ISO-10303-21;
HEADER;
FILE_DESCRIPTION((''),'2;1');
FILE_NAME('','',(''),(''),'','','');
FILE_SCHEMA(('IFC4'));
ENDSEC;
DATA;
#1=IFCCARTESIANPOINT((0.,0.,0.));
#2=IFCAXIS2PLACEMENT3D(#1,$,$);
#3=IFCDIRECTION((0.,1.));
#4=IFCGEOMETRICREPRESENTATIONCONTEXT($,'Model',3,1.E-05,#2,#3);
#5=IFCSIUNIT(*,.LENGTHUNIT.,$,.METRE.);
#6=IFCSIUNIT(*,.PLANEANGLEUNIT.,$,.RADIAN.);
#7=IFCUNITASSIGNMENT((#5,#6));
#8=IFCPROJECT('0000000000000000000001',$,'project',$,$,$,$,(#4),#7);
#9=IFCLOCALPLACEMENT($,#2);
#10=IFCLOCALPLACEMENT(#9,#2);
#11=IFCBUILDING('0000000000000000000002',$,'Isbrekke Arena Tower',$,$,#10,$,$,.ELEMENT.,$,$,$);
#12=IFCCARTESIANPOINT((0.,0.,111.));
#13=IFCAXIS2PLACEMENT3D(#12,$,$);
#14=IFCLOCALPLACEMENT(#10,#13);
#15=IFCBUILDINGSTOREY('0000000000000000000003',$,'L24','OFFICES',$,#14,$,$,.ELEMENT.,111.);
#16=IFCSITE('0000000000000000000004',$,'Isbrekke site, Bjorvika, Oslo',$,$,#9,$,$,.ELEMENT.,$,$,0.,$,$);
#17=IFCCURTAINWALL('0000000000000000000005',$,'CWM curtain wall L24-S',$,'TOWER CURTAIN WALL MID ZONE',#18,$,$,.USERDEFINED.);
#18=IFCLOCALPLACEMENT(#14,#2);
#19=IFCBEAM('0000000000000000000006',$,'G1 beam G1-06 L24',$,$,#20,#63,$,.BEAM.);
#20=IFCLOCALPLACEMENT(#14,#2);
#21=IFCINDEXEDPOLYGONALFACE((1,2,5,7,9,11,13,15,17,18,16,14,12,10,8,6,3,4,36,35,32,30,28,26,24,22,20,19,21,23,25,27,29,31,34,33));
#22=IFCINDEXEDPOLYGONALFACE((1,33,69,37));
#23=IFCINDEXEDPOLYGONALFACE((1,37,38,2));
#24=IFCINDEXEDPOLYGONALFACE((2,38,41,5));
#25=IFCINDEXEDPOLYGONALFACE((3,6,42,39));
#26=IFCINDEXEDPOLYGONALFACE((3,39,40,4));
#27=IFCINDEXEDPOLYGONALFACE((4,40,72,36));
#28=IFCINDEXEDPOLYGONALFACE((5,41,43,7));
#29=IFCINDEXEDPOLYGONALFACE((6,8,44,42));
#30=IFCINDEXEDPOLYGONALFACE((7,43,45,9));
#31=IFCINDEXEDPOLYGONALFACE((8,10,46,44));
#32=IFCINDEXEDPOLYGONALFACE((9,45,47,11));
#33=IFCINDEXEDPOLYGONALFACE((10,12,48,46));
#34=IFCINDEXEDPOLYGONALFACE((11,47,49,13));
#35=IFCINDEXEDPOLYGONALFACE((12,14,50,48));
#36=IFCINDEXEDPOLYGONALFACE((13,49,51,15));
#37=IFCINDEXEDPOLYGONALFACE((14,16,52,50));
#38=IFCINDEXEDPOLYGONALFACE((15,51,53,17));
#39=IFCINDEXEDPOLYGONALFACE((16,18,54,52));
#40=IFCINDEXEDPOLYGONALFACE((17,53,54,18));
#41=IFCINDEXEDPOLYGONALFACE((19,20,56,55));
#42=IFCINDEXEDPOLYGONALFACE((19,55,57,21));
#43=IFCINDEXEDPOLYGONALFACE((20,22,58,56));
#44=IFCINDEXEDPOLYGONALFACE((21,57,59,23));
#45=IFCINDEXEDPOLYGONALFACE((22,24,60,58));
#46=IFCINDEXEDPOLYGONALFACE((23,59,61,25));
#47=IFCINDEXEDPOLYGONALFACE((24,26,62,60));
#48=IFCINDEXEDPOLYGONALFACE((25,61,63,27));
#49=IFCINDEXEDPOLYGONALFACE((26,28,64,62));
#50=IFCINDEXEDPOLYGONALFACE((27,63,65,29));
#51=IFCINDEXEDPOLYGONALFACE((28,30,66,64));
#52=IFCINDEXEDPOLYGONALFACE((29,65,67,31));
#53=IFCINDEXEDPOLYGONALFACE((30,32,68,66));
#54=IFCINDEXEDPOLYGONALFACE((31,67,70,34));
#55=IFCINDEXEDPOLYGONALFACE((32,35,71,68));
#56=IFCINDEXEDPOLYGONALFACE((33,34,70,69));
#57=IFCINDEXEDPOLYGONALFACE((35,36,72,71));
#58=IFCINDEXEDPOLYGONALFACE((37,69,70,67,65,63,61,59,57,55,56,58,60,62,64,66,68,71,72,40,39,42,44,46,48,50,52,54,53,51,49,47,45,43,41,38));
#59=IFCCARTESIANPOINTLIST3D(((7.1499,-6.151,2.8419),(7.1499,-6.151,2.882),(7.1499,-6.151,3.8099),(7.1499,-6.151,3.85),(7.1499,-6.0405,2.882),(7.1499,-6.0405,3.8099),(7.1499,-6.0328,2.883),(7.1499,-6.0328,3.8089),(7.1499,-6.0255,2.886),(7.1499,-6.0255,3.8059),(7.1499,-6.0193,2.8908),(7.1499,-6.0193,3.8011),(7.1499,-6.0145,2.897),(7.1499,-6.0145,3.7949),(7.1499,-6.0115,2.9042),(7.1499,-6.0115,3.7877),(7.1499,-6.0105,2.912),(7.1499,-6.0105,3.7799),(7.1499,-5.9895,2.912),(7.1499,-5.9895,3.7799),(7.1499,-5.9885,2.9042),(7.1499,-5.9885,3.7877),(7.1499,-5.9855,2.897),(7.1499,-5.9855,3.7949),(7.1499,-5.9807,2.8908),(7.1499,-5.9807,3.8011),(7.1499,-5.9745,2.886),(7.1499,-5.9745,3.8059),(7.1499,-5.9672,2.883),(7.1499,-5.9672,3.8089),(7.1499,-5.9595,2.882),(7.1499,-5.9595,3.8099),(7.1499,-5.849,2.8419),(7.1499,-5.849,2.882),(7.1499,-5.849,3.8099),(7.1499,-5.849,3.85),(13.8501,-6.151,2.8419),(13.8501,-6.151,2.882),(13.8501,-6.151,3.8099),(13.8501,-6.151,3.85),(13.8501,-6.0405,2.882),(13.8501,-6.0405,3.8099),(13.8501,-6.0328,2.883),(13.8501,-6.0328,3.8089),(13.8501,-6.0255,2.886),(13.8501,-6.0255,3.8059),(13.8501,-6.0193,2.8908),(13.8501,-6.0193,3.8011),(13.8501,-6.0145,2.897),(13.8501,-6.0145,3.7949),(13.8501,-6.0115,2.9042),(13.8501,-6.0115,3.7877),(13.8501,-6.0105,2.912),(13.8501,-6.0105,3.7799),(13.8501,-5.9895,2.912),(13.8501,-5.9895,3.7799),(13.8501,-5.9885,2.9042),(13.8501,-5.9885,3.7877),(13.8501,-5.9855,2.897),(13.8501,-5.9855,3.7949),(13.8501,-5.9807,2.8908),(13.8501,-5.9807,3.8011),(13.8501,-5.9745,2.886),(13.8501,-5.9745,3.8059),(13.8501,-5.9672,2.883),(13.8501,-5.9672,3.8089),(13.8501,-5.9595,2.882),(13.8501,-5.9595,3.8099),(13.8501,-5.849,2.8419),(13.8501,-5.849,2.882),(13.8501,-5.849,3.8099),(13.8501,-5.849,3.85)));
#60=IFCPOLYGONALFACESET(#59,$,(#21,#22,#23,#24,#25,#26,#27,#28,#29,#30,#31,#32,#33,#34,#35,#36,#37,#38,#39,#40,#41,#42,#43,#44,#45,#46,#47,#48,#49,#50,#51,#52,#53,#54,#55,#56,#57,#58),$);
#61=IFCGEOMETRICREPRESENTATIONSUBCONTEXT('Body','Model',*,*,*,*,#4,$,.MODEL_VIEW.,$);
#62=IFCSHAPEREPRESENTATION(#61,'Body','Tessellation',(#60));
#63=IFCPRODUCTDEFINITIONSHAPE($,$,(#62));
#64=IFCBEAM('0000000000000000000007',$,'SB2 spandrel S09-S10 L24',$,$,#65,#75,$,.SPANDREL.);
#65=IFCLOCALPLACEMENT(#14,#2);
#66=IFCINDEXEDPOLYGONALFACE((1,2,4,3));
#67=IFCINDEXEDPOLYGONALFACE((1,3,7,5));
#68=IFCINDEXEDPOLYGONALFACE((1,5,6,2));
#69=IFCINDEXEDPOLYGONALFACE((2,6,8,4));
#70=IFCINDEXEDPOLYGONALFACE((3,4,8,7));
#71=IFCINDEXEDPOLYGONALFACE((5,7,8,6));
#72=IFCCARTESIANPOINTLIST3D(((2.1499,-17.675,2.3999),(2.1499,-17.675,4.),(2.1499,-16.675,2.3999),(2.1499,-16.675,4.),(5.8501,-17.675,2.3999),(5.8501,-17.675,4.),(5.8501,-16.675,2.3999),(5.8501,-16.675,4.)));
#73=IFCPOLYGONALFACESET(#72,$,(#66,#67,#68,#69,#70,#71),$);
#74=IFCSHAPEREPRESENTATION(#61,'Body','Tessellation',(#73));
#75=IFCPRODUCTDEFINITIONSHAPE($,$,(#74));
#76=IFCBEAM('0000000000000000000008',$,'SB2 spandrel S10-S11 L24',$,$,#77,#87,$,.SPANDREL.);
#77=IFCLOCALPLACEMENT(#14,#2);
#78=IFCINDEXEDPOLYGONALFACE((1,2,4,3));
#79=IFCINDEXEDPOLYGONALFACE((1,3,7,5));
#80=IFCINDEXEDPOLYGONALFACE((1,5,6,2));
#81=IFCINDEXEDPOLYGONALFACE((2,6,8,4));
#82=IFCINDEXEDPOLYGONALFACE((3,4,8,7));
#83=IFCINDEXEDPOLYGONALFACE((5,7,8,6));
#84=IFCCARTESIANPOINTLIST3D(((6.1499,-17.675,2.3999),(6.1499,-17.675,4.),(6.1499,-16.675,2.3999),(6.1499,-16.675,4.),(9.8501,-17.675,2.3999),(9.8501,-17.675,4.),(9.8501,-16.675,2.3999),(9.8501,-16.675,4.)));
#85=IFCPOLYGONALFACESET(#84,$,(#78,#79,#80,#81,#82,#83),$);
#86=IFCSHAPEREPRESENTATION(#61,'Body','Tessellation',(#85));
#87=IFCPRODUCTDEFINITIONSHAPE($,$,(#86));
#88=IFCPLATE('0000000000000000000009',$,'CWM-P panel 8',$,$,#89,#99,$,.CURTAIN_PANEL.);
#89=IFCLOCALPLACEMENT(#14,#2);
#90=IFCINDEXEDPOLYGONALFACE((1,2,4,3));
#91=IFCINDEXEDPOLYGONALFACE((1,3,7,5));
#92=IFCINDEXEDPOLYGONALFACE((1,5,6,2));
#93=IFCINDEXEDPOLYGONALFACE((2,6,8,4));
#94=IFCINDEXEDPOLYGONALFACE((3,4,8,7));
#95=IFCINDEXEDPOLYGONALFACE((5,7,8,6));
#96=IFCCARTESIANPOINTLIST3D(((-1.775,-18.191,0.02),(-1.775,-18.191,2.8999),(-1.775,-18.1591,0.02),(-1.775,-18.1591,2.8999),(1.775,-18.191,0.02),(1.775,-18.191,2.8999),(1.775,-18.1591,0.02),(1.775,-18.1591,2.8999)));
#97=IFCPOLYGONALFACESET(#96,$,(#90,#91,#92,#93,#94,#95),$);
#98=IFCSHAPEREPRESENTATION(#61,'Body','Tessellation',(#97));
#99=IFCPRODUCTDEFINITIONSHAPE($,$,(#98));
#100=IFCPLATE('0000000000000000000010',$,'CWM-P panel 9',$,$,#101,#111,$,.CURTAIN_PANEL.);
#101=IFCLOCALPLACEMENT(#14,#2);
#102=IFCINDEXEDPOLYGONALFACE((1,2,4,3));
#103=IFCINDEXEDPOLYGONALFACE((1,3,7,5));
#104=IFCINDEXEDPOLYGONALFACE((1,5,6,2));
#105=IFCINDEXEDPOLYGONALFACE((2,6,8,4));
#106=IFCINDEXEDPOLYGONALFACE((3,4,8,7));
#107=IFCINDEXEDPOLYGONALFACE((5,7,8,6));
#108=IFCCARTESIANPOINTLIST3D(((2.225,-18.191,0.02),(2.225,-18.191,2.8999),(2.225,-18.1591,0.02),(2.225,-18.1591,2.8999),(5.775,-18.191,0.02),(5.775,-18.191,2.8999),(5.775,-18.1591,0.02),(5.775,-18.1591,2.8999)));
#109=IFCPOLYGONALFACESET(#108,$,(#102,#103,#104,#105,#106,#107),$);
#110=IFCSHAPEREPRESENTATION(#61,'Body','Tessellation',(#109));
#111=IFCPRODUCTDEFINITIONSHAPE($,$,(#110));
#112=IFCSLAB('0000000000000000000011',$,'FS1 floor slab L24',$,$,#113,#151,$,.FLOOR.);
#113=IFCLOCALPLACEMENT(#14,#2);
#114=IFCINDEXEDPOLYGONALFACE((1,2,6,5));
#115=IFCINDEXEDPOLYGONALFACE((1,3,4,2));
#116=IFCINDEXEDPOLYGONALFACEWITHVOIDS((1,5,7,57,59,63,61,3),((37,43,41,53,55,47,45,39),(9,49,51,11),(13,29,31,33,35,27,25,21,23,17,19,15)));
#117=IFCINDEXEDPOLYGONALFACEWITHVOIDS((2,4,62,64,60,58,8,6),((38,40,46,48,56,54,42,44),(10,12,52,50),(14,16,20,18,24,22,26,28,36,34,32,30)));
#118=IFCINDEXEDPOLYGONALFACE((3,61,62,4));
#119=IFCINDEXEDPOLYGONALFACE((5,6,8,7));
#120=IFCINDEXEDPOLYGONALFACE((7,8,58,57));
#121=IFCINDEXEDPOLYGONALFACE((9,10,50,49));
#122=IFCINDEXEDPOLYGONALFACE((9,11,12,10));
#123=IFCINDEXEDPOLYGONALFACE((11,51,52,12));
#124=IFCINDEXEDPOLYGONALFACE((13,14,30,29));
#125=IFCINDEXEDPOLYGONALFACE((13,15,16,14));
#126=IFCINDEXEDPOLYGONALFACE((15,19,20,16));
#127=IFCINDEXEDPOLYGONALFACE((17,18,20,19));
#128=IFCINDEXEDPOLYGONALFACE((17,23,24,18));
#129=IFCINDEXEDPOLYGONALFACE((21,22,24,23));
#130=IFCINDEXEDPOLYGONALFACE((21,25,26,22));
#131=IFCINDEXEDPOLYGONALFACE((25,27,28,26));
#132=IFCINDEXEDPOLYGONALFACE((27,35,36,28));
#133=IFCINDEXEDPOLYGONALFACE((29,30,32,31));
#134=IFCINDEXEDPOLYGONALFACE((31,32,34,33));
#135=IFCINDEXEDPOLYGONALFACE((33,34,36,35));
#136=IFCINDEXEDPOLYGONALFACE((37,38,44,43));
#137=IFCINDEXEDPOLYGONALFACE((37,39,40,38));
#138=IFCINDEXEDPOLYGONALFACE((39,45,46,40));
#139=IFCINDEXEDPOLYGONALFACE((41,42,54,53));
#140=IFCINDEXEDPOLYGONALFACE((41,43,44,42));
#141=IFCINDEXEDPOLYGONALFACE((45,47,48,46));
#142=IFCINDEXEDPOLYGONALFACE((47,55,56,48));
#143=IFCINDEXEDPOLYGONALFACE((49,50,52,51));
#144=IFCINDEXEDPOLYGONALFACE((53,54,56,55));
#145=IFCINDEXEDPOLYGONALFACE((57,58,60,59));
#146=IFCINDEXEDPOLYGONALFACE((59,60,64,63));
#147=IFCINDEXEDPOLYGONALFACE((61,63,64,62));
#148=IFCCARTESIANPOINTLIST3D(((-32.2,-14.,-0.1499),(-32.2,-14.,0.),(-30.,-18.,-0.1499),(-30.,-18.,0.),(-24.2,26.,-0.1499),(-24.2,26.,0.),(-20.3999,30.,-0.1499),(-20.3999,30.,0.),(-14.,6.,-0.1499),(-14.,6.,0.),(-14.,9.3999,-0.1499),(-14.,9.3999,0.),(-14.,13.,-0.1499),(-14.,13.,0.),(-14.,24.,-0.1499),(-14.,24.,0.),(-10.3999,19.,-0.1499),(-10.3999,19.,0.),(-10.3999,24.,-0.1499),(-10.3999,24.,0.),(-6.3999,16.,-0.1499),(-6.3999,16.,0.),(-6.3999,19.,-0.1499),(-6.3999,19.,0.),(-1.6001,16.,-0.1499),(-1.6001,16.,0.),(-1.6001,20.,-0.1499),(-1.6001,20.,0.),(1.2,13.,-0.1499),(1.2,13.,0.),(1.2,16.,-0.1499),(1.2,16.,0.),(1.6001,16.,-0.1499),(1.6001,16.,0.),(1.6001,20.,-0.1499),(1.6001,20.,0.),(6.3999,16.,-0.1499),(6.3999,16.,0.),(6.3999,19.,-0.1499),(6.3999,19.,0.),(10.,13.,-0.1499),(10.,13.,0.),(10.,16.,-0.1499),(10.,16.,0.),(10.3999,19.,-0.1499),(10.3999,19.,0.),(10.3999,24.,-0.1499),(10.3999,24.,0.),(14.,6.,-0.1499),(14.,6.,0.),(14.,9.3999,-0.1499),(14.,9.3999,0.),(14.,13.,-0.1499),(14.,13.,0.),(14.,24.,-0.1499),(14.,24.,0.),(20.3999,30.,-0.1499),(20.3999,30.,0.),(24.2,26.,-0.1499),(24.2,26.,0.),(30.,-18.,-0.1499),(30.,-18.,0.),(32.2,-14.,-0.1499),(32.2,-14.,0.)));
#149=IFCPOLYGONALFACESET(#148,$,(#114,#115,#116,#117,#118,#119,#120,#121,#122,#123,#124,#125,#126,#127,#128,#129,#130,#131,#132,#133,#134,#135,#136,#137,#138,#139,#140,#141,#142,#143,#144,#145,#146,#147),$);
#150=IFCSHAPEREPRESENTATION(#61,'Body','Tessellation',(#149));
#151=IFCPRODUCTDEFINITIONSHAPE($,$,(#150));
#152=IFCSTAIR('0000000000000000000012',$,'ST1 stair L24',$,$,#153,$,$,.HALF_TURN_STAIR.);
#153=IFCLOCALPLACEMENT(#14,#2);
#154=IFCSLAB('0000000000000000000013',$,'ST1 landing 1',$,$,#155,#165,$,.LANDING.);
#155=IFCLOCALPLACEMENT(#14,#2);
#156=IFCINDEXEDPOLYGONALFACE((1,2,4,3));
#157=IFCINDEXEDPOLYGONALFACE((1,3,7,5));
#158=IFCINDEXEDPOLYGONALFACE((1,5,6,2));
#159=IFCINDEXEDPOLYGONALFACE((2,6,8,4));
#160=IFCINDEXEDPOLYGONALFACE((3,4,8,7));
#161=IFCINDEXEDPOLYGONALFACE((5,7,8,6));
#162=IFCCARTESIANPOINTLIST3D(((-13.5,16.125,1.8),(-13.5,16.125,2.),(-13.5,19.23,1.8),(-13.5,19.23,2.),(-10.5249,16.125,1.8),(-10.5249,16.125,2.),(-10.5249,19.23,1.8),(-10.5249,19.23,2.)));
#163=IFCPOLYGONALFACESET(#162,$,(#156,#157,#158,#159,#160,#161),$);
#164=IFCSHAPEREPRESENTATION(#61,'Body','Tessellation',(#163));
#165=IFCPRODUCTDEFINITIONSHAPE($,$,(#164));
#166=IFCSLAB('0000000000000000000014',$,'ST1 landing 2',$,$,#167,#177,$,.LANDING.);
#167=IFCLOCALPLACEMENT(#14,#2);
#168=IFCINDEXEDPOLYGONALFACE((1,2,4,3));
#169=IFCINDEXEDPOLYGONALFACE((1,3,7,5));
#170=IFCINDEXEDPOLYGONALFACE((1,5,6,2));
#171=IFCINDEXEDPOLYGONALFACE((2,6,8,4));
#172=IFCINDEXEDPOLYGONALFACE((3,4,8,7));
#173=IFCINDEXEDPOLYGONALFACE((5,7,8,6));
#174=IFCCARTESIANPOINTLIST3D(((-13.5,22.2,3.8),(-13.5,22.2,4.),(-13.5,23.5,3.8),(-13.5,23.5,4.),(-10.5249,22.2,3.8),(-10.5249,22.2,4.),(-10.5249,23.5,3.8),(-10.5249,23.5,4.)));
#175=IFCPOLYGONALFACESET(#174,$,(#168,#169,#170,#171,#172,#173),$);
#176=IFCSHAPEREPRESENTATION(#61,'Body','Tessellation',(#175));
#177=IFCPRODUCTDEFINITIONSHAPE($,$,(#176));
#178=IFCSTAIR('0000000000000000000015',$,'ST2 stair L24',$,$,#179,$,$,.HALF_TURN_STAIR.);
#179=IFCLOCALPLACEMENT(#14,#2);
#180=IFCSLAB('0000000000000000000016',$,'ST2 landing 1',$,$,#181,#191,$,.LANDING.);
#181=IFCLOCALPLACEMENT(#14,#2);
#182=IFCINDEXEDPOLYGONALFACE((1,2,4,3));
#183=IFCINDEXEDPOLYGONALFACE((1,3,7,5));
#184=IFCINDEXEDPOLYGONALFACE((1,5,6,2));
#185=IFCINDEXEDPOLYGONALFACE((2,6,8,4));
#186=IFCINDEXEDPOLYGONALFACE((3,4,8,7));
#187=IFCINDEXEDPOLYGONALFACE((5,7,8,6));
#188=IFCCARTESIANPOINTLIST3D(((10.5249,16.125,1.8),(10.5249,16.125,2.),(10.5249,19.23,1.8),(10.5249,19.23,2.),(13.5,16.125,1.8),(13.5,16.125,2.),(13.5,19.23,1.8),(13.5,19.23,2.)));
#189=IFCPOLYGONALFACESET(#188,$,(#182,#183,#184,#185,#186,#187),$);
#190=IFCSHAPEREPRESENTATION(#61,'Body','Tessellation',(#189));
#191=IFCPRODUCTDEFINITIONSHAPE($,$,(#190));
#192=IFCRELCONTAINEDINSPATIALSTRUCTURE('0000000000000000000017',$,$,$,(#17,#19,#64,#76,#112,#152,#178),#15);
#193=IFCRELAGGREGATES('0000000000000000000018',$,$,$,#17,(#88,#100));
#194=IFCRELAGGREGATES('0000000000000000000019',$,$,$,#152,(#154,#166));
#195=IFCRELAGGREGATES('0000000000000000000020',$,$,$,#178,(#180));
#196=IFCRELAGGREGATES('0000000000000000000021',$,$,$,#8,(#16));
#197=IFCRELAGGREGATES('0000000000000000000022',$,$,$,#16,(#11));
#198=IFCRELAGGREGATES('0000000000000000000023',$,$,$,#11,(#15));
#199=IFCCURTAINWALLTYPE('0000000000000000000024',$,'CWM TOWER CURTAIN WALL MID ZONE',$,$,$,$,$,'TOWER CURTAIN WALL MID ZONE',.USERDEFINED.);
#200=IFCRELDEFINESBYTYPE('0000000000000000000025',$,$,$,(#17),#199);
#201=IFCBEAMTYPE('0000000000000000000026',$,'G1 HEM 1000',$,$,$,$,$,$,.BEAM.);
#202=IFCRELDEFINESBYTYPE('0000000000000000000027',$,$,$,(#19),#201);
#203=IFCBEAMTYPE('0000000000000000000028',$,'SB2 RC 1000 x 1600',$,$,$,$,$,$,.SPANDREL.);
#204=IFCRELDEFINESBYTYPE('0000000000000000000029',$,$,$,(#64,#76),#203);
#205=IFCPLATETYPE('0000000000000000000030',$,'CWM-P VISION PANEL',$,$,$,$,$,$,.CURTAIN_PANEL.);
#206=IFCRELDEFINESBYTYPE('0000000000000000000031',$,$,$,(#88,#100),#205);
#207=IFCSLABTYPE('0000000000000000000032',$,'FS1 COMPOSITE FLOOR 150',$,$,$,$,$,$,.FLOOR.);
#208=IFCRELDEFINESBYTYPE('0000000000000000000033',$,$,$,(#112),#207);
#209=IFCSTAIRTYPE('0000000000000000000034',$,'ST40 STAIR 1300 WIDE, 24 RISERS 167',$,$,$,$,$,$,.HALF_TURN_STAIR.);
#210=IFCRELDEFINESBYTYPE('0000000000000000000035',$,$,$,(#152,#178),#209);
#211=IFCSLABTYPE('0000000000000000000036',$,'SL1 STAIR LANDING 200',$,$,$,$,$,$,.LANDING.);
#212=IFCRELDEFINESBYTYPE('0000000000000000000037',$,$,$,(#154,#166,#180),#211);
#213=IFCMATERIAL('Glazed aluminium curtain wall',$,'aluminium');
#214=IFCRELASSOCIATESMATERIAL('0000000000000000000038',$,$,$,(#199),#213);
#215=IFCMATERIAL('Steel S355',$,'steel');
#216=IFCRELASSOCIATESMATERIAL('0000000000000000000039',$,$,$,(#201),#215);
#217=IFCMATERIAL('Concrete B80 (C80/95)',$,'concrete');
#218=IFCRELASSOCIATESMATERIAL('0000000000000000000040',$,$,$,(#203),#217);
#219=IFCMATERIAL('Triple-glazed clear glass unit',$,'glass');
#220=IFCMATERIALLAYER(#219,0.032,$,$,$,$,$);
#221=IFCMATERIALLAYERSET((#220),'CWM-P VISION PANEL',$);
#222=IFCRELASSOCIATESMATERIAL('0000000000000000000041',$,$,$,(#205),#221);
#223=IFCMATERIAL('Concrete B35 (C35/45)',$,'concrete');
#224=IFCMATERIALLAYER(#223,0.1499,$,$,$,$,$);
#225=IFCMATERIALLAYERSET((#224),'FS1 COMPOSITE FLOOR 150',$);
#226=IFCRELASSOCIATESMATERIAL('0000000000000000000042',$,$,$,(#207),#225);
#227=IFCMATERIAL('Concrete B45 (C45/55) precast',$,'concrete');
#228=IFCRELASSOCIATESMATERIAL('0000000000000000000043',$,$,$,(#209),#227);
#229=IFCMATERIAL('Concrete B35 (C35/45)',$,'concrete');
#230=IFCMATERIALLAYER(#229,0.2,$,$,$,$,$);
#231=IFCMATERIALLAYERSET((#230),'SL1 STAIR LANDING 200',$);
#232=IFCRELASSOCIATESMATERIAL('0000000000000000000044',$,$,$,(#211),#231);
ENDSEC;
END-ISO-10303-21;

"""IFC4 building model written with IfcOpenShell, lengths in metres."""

from ifc_helpers import new_model, si_unit, direction, frame, origin, origin_2d, place, context, subcontext, project, spatial, polyline, rectangle, i_section, outline, extrude, material, layer, layer_set, material_profile, profile_set, type_object, element, aggregate, save


model = new_model("IFC4")

# Units and contexts
model_context = context("Model", 3, precision=1e-05, world=origin(), true_north=direction((0.0, 1.0)))
body_context = subcontext(model_context, "Body", "Model", "MODEL_VIEW")
ifc_project = project(units=[si_unit("LENGTHUNIT", "METRE"), si_unit("PLANEANGLEUNIT", "RADIAN")], contexts=[model_context])

# Site, building, storey
site_placement = place(None, origin())
site = spatial("IfcSite", under=ifc_project, at=site_placement, Name="Isbrekke site, Bjorvika, Oslo", CompositionType="ELEMENT", RefElevation=0.0)
building_placement = place(site_placement, origin())
building = spatial("IfcBuilding", under=site, at=building_placement, Name="Isbrekke Arena Tower", CompositionType="ELEMENT")
storey_placement = place(building_placement, frame((0.0, 0.0, 111.0)))
storey = spatial("IfcBuildingStorey", under=building, at=storey_placement, Name="L24", Description="OFFICES", CompositionType="ELEMENT", Elevation=111.0)

# Curtain wall
ifc_material_1 = material(Name="Glazed aluminium curtain wall", Category="aluminium")
curtain_wall_type = type_object("IfcCurtainWallType", Name="CWM TOWER CURTAIN WALL MID ZONE", ElementType="TOWER CURTAIN WALL MID ZONE", PredefinedType="USERDEFINED", material=ifc_material_1)
curtain_wall_placement = place(storey_placement, origin())
curtain_wall = element("IfcCurtainWall", 1, at=curtain_wall_placement, inside=storey, type_object=curtain_wall_type, Name="CWM curtain wall L24-S", ObjectType="TOWER CURTAIN WALL MID ZONE", PredefinedType="USERDEFINED")

# Beams
ifc_material_2 = material(Name="Steel S355", Category="steel")
ifc_material_profile_1 = material_profile(ifc_material_2, i_section(OverallWidth=0.302, OverallDepth=1.0081, WebThickness=0.021, FlangeThickness=0.04, FilletRadius=0.03, at=origin_2d()), Name="HEM 1000")
ifc_profile_set_1 = profile_set([ifc_material_profile_1], Name="Steel S355")
beam_type_1 = type_object("IfcBeamType", Name="G1 HEM 1000", PredefinedType="BEAM", material=ifc_profile_set_1)
for number, where, z_axis, x_axis, name in (
    (2, (7.1499, -6.0, 3.3459), (1.0, 0.0, 0.0), (0.0, 1.0, 0.0), "G1 beam G1-06 L24"),
):
    element("IfcBeam", number, at=place(storey_placement, frame(where, z_axis=z_axis, x_axis=x_axis)), inside=storey, type_object=beam_type_1, Name=name, PredefinedType="BEAM", context=body_context, shape_type="SweptSolid", body=[
        extrude(i_section(OverallWidth=0.302, OverallDepth=1.0081, WebThickness=0.021, FlangeThickness=0.04, FilletRadius=0.03, at=origin_2d()), origin(), (0.0, 0.0, 1.0), 6.7002),
    ])
ifc_material_3 = material(Name="Concrete B80 (C80/95)", Category="concrete")
ifc_material_profile_2 = material_profile(ifc_material_3, rectangle(XDim=1.0, YDim=1.6001, at=origin_2d()), Name="RC 1000x1600")
ifc_profile_set_2 = profile_set([ifc_material_profile_2], Name="Concrete B80 (C80/95)")
beam_type_2 = type_object("IfcBeamType", Name="SB2 RC 1000 x 1600", PredefinedType="SPANDREL", material=ifc_profile_set_2)
for number, where, z_axis, x_axis, name in (
    (3, (2.1499, -17.175, 3.2), (1.0, 0.0, 0.0), (0.0, 1.0, 0.0), "SB2 spandrel S09-S10 L24"),
    (4, (6.1499, -17.175, 3.2), (1.0, 0.0, 0.0), (0.0, 1.0, 0.0), "SB2 spandrel S10-S11 L24"),
):
    element("IfcBeam", number, at=place(storey_placement, frame(where, z_axis=z_axis, x_axis=x_axis)), inside=storey, type_object=beam_type_2, Name=name, PredefinedType="SPANDREL", context=body_context, shape_type="SweptSolid", body=[
        extrude(rectangle(XDim=1.0, YDim=1.6001, at=origin_2d()), origin(), (0.0, 0.0, 1.0), 3.7002),
    ])

# Plates
ifc_material_4 = material(Name="Triple-glazed clear glass unit", Category="glass")
ifc_layer_1 = layer(ifc_material_4, 0.032)
ifc_layer_set_1 = layer_set([ifc_layer_1], Name="CWM-P VISION PANEL")
plate_type = type_object("IfcPlateType", Name="CWM-P VISION PANEL", PredefinedType="CURTAIN_PANEL", material=ifc_layer_set_1)
plate_1_placement = place(storey_placement, frame((0.0, -18.175, 0.02), z_axis=(0.0, 0.0, 1.0), x_axis=(1.0, 0.0, 0.0)))
plate_1 = element("IfcPlate", 5, at=plate_1_placement, type_object=plate_type, Name="CWM-P panel 8", PredefinedType="CURTAIN_PANEL", context=body_context, shape_type="SweptSolid", body=[
    extrude(rectangle(XDim=3.55, YDim=0.032, at=origin_2d()), origin(), (0.0, 0.0, 1.0), 2.8799),
])
plate_2_placement = place(storey_placement, frame((4.0, -18.175, 0.02), z_axis=(0.0, 0.0, 1.0), x_axis=(1.0, 0.0, 0.0)))
plate_2 = element("IfcPlate", 6, at=plate_2_placement, type_object=plate_type, Name="CWM-P panel 9", PredefinedType="CURTAIN_PANEL", context=body_context, shape_type="SweptSolid", body=[
    extrude(rectangle(XDim=3.55, YDim=0.032, at=origin_2d()), origin(), (0.0, 0.0, 1.0), 2.8799),
])
aggregate(curtain_wall, [plate_1, plate_2])

# Slab
ifc_material_5 = material(Name="Concrete B35 (C35/45)", Category="concrete")
ifc_layer_2 = layer(ifc_material_5, 0.1499)
ifc_layer_set_2 = layer_set([ifc_layer_2], Name="FS1 COMPOSITE FLOOR 150")
slab_type_1 = type_object("IfcSlabType", Name="FS1 COMPOSITE FLOOR 150", PredefinedType="FLOOR", material=ifc_layer_set_2)
slab_1_placement = place(storey_placement, frame((0.0, 0.0, -0.1499)))
element("IfcSlab", 7, at=slab_1_placement, inside=storey, type_object=slab_type_1, Name="FS1 floor slab L24", PredefinedType="FLOOR", context=body_context, shape_type="SweptSolid", body=[
    extrude(outline(polyline([(-30.0, -18.0), (30.0, -18.0), (32.2, -14.0), (24.2, 26.0), (20.3999, 30.0), (-20.3999, 30.0), (-24.2, 26.0), (-32.2, -14.0), (-30.0, -18.0)]), holes=[polyline([(14.0, 9.3999), (14.0, 6.0), (-14.0, 6.0), (-14.0, 9.3999), (14.0, 9.3999)]), polyline([(-6.3999, 19.0), (-6.3999, 16.0), (-1.6001, 16.0), (-1.6001, 20.0), (1.6001, 20.0), (1.6001, 16.0), (1.2, 16.0), (1.2, 13.0), (-14.0, 13.0), (-14.0, 24.0), (-10.3999, 24.0), (-10.3999, 19.0), (-6.3999, 19.0)]), polyline([(10.0, 13.0), (10.0, 16.0), (6.3999, 16.0), (6.3999, 19.0), (10.3999, 19.0), (10.3999, 24.0), (14.0, 24.0), (14.0, 13.0), (10.0, 13.0)])]), origin(), (0.0, 0.0, 1.0), 0.1499),
])

# Stairs, slabs
ifc_material_6 = material(Name="Concrete B45 (C45/55) precast", Category="concrete")
stair_type = type_object("IfcStairType", Name="ST40 STAIR 1300 WIDE, 24 RISERS 167", PredefinedType="HALF_TURN_STAIR", material=ifc_material_6)
stair_1_placement = place(storey_placement, origin())
stair_1 = element("IfcStair", 8, at=stair_1_placement, inside=storey, type_object=stair_type, Name="ST1 stair L24", PredefinedType="HALF_TURN_STAIR")
ifc_material_7 = material(Name="Concrete B35 (C35/45)", Category="concrete")
ifc_layer_3 = layer(ifc_material_7, 0.2)
ifc_layer_set_3 = layer_set([ifc_layer_3], Name="SL1 STAIR LANDING 200")
slab_type_2 = type_object("IfcSlabType", Name="SL1 STAIR LANDING 200", PredefinedType="LANDING", material=ifc_layer_set_3)
slab_2_placement = place(storey_placement, frame((0.0, 0.0, 1.8)))
slab_2 = element("IfcSlab", 9, at=slab_2_placement, type_object=slab_type_2, Name="ST1 landing 1", PredefinedType="LANDING", context=body_context, shape_type="SweptSolid", body=[
    extrude(outline(polyline([(-13.5, 16.125), (-10.5249, 16.125), (-10.5249, 19.23), (-13.5, 19.23), (-13.5, 16.125)])), origin(), (0.0, 0.0, 1.0), 0.2),
])
slab_3_placement = place(storey_placement, frame((0.0, 0.0, 3.8)))
slab_3 = element("IfcSlab", 10, at=slab_3_placement, type_object=slab_type_2, Name="ST1 landing 2", PredefinedType="LANDING", context=body_context, shape_type="SweptSolid", body=[
    extrude(outline(polyline([(-13.5, 22.2), (-10.5249, 22.2), (-10.5249, 23.5), (-13.5, 23.5), (-13.5, 22.2)])), origin(), (0.0, 0.0, 1.0), 0.2),
])
aggregate(stair_1, [slab_2, slab_3])
stair_2_placement = place(storey_placement, origin())
stair_2 = element("IfcStair", 11, at=stair_2_placement, inside=storey, type_object=stair_type, Name="ST2 stair L24", PredefinedType="HALF_TURN_STAIR")
slab_4_placement = place(storey_placement, frame((0.0, 0.0, 1.8)))
slab_4 = element("IfcSlab", 12, at=slab_4_placement, type_object=slab_type_2, Name="ST2 landing 1", PredefinedType="LANDING", context=body_context, shape_type="SweptSolid", body=[
    extrude(outline(polyline([(10.5249, 16.125), (13.5, 16.125), (13.5, 19.23), (10.5249, 19.23), (10.5249, 16.125)])), origin(), (0.0, 0.0, 1.0), 0.2),
])
aggregate(stair_2, [slab_4])

save(model, "model.ifc")
